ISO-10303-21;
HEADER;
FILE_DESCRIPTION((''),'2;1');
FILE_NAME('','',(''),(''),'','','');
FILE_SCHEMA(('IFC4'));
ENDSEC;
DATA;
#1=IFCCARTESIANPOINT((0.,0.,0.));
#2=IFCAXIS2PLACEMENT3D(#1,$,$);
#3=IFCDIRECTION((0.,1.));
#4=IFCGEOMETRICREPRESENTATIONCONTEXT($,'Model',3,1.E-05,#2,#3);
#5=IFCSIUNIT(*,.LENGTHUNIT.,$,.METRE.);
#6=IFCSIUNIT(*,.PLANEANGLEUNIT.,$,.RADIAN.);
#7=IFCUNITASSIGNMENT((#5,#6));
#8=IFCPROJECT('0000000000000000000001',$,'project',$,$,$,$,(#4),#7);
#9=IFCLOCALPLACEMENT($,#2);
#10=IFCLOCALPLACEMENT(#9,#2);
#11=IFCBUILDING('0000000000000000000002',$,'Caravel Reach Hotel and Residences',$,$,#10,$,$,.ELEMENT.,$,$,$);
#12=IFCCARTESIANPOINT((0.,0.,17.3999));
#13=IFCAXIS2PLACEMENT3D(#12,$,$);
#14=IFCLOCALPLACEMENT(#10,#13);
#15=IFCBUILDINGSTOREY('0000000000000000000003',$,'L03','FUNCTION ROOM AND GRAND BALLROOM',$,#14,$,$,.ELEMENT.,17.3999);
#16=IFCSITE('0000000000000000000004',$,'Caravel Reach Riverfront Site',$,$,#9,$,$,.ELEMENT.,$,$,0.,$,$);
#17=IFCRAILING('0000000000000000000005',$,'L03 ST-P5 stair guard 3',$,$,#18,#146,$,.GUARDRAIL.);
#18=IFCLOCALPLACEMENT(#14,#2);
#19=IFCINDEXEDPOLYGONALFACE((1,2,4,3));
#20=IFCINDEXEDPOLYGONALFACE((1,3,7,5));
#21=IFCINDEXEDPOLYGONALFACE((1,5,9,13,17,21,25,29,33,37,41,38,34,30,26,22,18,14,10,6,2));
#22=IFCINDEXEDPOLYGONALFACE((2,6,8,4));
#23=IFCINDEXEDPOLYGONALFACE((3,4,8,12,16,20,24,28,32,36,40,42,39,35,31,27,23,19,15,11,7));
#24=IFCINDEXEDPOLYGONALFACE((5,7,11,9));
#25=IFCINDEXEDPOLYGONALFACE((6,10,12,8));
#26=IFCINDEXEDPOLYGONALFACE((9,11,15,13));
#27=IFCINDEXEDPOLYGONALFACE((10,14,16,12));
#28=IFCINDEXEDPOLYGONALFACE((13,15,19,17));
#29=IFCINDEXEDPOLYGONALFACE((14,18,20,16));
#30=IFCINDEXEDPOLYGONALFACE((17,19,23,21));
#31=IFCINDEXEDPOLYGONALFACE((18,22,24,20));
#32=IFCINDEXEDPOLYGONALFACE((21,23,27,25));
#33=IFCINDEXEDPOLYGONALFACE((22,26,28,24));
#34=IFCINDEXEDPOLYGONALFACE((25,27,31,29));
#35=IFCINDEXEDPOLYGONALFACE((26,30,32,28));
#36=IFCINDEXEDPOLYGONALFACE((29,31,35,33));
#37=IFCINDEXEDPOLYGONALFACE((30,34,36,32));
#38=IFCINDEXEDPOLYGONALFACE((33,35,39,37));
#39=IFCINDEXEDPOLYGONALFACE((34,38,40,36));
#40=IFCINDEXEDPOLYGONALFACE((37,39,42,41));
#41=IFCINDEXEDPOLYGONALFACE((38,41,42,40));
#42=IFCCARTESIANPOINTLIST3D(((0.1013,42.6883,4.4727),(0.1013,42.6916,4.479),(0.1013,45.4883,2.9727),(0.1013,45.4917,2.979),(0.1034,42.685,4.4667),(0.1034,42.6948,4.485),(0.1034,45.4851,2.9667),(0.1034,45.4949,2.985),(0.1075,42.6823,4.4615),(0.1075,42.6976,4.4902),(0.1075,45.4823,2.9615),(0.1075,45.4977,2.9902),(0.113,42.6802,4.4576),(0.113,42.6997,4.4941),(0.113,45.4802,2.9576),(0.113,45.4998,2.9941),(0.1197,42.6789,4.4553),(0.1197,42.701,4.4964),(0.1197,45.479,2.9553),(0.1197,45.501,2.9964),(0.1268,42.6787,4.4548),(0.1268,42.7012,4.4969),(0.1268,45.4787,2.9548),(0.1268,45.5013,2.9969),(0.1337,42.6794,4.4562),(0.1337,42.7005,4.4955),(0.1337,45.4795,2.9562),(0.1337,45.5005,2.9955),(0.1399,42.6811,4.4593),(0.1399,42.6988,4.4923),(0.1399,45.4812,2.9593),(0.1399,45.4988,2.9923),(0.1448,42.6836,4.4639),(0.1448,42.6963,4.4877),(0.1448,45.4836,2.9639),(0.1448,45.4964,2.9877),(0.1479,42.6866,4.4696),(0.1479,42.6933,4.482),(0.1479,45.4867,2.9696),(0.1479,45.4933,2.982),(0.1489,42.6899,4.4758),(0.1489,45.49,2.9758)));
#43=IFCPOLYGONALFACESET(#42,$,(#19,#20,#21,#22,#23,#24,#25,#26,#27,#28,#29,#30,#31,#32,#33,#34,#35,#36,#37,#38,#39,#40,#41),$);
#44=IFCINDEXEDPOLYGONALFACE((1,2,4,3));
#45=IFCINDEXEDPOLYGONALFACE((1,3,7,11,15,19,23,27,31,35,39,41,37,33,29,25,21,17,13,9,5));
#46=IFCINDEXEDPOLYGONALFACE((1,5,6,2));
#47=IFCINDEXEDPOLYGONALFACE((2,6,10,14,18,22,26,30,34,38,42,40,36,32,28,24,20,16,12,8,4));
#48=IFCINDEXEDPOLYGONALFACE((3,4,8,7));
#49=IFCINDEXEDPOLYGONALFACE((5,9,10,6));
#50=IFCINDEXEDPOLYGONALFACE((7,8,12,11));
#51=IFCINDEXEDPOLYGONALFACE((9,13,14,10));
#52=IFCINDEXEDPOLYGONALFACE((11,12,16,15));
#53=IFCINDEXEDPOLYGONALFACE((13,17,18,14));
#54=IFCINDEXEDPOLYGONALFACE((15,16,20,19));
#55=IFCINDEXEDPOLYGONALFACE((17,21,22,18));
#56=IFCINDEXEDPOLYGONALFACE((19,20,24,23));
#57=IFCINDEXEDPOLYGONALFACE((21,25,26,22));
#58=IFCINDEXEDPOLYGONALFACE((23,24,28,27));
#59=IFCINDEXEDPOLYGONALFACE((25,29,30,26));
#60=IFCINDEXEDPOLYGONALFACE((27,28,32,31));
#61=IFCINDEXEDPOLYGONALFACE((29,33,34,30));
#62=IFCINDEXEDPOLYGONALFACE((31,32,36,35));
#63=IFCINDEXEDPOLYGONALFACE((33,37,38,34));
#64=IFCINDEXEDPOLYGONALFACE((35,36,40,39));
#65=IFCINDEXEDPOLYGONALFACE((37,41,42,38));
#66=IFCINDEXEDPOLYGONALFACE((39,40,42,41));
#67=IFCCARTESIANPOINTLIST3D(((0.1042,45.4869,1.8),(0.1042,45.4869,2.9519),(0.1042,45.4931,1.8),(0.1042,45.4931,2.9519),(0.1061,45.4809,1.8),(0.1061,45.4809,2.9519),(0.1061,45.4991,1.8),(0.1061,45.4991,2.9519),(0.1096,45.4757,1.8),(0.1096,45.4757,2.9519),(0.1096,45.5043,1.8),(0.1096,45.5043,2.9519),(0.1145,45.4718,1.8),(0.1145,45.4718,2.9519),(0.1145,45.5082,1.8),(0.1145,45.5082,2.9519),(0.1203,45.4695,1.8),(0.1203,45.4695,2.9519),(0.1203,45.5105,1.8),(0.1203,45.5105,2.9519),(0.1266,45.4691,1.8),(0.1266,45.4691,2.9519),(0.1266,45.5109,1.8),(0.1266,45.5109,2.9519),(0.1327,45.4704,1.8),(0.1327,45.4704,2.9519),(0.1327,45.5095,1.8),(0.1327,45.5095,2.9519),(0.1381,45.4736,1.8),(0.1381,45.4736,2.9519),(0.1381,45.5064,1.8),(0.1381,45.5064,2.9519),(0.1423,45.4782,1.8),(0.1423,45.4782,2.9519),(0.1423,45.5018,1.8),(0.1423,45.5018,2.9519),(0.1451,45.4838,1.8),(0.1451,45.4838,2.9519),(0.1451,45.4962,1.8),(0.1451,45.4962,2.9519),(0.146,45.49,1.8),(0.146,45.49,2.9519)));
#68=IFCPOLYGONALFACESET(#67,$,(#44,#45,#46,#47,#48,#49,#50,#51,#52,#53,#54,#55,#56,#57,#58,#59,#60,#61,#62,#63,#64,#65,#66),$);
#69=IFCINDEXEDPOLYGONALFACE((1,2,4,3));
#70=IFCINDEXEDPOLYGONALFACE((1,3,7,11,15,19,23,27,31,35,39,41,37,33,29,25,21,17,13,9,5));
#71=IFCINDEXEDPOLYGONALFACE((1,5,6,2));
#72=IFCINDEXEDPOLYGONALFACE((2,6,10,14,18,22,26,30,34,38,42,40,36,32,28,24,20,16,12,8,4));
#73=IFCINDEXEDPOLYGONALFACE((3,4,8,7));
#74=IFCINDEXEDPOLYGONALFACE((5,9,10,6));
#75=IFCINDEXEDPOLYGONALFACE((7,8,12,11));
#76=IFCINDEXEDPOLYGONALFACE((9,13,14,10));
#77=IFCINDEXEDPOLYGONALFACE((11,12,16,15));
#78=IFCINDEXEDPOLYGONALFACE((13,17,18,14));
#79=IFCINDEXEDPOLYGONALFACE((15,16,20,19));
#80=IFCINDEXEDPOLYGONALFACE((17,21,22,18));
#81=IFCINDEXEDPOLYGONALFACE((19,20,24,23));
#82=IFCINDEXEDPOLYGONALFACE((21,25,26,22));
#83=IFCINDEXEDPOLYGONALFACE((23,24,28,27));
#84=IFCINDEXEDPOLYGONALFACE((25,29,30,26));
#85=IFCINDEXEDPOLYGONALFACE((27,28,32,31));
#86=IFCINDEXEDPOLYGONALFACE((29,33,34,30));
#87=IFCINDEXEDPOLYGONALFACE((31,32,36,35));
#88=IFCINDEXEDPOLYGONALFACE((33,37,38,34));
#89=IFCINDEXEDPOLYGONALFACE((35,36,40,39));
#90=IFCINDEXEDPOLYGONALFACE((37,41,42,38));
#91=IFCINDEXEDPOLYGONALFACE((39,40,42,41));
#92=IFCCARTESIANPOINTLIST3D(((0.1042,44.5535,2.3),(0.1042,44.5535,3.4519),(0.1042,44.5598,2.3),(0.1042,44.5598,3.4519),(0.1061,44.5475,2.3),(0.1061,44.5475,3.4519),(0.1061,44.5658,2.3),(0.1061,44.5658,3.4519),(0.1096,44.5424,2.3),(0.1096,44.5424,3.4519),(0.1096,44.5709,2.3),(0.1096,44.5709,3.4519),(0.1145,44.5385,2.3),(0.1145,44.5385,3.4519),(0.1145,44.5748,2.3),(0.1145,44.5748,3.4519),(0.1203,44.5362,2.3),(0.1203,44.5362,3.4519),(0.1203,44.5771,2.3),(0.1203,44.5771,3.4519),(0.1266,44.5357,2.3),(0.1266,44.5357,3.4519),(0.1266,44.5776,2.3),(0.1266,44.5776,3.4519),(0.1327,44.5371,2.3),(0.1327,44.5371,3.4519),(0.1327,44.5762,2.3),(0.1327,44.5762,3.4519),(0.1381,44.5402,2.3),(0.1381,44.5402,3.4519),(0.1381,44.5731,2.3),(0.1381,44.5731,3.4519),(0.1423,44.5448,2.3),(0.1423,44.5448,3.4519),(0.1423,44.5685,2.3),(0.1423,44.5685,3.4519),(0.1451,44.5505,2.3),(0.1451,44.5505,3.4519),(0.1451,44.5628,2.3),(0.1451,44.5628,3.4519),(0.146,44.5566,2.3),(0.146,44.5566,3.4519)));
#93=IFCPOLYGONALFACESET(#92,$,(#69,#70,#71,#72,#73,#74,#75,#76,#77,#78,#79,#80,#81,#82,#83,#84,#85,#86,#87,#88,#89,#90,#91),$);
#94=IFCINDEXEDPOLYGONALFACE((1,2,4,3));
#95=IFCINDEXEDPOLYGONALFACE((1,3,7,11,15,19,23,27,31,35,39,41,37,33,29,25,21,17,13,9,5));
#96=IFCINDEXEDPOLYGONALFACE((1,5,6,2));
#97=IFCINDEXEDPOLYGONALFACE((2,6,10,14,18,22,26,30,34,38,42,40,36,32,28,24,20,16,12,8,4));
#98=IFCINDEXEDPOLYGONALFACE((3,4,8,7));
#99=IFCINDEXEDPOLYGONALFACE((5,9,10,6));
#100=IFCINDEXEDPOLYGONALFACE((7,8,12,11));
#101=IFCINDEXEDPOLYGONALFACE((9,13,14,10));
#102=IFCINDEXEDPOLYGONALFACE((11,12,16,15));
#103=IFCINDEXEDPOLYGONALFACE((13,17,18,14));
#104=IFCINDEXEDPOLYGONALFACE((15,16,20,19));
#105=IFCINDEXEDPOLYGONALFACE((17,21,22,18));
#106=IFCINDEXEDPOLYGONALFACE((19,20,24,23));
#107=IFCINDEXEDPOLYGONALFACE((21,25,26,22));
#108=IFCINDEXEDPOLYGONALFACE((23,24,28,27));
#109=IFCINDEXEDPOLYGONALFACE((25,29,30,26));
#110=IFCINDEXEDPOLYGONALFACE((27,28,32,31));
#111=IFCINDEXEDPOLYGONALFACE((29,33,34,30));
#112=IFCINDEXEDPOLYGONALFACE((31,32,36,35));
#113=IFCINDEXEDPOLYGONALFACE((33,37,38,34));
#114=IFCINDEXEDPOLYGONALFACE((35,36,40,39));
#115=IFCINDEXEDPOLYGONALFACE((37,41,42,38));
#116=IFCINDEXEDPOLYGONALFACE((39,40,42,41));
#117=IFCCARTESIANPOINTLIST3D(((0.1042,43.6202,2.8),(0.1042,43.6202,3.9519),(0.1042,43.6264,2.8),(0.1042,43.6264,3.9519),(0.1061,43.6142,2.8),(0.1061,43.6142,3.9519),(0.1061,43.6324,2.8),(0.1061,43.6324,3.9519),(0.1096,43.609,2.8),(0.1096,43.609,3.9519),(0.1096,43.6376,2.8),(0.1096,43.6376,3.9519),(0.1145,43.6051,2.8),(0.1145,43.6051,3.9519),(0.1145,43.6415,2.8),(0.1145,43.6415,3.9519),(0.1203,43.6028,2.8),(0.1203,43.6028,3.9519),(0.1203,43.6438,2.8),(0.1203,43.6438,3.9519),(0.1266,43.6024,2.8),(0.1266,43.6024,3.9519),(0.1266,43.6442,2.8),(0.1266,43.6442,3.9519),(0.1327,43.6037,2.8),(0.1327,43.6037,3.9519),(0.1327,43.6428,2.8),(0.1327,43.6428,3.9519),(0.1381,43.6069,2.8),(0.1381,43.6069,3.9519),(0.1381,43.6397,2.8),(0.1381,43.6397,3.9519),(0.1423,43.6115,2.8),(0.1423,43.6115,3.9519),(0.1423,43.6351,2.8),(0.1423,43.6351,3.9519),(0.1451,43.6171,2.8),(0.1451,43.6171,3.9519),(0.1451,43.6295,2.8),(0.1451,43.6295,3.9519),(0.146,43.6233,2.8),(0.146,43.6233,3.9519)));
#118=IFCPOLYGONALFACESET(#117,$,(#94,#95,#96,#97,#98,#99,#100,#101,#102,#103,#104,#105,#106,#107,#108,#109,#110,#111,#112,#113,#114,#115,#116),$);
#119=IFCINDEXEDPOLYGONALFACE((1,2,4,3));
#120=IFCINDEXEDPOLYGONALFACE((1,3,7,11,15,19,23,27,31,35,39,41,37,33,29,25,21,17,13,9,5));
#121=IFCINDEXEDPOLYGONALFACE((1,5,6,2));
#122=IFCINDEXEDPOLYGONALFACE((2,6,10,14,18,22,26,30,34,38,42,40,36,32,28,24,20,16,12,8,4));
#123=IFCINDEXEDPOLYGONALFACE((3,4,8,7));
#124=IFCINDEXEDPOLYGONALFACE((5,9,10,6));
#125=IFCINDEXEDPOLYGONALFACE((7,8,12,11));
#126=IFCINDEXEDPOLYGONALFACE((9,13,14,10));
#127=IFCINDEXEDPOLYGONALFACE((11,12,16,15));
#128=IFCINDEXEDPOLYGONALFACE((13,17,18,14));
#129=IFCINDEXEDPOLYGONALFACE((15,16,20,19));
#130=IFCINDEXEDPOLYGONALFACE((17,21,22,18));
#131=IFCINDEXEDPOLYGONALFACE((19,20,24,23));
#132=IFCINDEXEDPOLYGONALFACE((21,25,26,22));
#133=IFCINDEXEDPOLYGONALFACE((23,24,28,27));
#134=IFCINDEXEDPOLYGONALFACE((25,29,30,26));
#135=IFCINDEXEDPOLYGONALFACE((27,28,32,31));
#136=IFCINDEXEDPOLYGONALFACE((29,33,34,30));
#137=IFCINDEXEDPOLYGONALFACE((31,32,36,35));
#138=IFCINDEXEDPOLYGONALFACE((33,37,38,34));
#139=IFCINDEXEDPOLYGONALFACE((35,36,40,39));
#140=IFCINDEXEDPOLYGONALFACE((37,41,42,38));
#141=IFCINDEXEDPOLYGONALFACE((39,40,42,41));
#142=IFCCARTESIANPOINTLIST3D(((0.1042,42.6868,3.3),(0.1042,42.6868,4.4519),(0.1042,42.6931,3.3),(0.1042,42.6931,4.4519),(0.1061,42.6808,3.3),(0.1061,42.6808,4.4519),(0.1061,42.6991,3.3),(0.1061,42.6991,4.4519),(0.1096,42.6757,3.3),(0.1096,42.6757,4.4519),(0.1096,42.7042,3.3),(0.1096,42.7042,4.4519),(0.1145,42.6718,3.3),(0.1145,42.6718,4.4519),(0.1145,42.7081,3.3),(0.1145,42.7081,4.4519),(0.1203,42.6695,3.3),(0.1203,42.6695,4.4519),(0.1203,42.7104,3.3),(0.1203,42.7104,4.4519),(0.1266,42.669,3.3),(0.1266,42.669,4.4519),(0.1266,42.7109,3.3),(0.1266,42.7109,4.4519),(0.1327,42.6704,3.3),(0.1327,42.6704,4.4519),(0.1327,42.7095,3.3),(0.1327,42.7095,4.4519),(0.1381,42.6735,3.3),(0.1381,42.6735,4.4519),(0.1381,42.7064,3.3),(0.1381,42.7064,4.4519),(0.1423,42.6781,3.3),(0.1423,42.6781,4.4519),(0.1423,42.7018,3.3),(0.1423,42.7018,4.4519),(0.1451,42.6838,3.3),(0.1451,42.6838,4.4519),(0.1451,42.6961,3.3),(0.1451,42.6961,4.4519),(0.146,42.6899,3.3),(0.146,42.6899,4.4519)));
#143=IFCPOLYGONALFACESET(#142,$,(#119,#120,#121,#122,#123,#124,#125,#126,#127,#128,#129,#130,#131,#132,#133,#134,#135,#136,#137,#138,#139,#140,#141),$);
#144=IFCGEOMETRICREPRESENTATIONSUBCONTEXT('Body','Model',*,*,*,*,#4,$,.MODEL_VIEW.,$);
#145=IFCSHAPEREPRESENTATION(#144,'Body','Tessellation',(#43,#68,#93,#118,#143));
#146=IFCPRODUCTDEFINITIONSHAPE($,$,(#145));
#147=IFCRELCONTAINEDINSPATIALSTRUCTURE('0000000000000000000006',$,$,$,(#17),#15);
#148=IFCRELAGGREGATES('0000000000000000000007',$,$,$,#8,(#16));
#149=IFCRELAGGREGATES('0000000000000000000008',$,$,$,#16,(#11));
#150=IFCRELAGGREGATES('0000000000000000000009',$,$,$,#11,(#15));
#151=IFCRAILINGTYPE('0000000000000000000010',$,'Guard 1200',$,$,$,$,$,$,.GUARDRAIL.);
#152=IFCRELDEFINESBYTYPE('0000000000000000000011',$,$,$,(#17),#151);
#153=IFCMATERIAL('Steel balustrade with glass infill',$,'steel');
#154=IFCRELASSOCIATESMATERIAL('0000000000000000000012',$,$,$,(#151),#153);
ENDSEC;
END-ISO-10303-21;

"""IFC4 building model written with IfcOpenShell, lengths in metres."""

from ifc_helpers import new_model, si_unit, direction, frame, origin, origin_2d, place, context, subcontext, project, spatial, circle, extrude, material, type_object, element, save


model = new_model("IFC4")

# Units and contexts
model_context = context("Model", 3, precision=1e-05, world=origin(), true_north=direction((0.0, 1.0)))
body_context = subcontext(model_context, "Body", "Model", "MODEL_VIEW")
ifc_project = project(units=[si_unit("LENGTHUNIT", "METRE"), si_unit("PLANEANGLEUNIT", "RADIAN")], contexts=[model_context])

# Site, building, storey
site_placement = place(None, origin())
site = spatial("IfcSite", under=ifc_project, at=site_placement, Name="Caravel Reach Riverfront Site", CompositionType="ELEMENT", RefElevation=0.0)
building_placement = place(site_placement, origin())
building = spatial("IfcBuilding", under=site, at=building_placement, Name="Caravel Reach Hotel and Residences", CompositionType="ELEMENT")
storey_placement = place(building_placement, frame((0.0, 0.0, 17.3999)))
storey = spatial("IfcBuildingStorey", under=building, at=storey_placement, Name="L03", Description="FUNCTION ROOM AND GRAND BALLROOM", CompositionType="ELEMENT", Elevation=17.3999)

# Railing
ifc_material_1 = material(Name="Steel balustrade with glass infill", Category="steel")
railing_type_1 = type_object("IfcRailingType", Name="Guard 1200", PredefinedType="GUARDRAIL", material=ifc_material_1)
railing_1_placement = place(storey_placement, frame((0.125, 45.49, 1.8)))
element("IfcRailing", 1, at=railing_1_placement, inside=storey, type_object=railing_type_1, Name="L03 ST-P5 stair guard 3", PredefinedType="GUARDRAIL", context=body_context, shape_type="SweptSolid", body=[
    extrude(circle(Radius=0.0239, at=origin_2d()), frame((0.0, 0.0, 1.1758), z_axis=(0.0, -0.881483, 0.472215), x_axis=(1.0, 0.0, 0.0)), (0.0, 0.0, 1.0), 3.1765),
    extrude(circle(Radius=0.021, at=origin_2d()), origin(), (0.0, 0.0, 1.0), 1.1519),
    extrude(circle(Radius=0.021, at=origin_2d()), frame((0.0, -0.9333, 0.5)), (0.0, 0.0, 1.0), 1.1519),
    extrude(circle(Radius=0.021, at=origin_2d()), frame((0.0, -1.8667, 1.0)), (0.0, 0.0, 1.0), 1.1519),
    extrude(circle(Radius=0.021, at=origin_2d()), frame((0.0, -2.8, 1.5)), (0.0, 0.0, 1.0), 1.1519),
])

save(model, "model.ifc")
